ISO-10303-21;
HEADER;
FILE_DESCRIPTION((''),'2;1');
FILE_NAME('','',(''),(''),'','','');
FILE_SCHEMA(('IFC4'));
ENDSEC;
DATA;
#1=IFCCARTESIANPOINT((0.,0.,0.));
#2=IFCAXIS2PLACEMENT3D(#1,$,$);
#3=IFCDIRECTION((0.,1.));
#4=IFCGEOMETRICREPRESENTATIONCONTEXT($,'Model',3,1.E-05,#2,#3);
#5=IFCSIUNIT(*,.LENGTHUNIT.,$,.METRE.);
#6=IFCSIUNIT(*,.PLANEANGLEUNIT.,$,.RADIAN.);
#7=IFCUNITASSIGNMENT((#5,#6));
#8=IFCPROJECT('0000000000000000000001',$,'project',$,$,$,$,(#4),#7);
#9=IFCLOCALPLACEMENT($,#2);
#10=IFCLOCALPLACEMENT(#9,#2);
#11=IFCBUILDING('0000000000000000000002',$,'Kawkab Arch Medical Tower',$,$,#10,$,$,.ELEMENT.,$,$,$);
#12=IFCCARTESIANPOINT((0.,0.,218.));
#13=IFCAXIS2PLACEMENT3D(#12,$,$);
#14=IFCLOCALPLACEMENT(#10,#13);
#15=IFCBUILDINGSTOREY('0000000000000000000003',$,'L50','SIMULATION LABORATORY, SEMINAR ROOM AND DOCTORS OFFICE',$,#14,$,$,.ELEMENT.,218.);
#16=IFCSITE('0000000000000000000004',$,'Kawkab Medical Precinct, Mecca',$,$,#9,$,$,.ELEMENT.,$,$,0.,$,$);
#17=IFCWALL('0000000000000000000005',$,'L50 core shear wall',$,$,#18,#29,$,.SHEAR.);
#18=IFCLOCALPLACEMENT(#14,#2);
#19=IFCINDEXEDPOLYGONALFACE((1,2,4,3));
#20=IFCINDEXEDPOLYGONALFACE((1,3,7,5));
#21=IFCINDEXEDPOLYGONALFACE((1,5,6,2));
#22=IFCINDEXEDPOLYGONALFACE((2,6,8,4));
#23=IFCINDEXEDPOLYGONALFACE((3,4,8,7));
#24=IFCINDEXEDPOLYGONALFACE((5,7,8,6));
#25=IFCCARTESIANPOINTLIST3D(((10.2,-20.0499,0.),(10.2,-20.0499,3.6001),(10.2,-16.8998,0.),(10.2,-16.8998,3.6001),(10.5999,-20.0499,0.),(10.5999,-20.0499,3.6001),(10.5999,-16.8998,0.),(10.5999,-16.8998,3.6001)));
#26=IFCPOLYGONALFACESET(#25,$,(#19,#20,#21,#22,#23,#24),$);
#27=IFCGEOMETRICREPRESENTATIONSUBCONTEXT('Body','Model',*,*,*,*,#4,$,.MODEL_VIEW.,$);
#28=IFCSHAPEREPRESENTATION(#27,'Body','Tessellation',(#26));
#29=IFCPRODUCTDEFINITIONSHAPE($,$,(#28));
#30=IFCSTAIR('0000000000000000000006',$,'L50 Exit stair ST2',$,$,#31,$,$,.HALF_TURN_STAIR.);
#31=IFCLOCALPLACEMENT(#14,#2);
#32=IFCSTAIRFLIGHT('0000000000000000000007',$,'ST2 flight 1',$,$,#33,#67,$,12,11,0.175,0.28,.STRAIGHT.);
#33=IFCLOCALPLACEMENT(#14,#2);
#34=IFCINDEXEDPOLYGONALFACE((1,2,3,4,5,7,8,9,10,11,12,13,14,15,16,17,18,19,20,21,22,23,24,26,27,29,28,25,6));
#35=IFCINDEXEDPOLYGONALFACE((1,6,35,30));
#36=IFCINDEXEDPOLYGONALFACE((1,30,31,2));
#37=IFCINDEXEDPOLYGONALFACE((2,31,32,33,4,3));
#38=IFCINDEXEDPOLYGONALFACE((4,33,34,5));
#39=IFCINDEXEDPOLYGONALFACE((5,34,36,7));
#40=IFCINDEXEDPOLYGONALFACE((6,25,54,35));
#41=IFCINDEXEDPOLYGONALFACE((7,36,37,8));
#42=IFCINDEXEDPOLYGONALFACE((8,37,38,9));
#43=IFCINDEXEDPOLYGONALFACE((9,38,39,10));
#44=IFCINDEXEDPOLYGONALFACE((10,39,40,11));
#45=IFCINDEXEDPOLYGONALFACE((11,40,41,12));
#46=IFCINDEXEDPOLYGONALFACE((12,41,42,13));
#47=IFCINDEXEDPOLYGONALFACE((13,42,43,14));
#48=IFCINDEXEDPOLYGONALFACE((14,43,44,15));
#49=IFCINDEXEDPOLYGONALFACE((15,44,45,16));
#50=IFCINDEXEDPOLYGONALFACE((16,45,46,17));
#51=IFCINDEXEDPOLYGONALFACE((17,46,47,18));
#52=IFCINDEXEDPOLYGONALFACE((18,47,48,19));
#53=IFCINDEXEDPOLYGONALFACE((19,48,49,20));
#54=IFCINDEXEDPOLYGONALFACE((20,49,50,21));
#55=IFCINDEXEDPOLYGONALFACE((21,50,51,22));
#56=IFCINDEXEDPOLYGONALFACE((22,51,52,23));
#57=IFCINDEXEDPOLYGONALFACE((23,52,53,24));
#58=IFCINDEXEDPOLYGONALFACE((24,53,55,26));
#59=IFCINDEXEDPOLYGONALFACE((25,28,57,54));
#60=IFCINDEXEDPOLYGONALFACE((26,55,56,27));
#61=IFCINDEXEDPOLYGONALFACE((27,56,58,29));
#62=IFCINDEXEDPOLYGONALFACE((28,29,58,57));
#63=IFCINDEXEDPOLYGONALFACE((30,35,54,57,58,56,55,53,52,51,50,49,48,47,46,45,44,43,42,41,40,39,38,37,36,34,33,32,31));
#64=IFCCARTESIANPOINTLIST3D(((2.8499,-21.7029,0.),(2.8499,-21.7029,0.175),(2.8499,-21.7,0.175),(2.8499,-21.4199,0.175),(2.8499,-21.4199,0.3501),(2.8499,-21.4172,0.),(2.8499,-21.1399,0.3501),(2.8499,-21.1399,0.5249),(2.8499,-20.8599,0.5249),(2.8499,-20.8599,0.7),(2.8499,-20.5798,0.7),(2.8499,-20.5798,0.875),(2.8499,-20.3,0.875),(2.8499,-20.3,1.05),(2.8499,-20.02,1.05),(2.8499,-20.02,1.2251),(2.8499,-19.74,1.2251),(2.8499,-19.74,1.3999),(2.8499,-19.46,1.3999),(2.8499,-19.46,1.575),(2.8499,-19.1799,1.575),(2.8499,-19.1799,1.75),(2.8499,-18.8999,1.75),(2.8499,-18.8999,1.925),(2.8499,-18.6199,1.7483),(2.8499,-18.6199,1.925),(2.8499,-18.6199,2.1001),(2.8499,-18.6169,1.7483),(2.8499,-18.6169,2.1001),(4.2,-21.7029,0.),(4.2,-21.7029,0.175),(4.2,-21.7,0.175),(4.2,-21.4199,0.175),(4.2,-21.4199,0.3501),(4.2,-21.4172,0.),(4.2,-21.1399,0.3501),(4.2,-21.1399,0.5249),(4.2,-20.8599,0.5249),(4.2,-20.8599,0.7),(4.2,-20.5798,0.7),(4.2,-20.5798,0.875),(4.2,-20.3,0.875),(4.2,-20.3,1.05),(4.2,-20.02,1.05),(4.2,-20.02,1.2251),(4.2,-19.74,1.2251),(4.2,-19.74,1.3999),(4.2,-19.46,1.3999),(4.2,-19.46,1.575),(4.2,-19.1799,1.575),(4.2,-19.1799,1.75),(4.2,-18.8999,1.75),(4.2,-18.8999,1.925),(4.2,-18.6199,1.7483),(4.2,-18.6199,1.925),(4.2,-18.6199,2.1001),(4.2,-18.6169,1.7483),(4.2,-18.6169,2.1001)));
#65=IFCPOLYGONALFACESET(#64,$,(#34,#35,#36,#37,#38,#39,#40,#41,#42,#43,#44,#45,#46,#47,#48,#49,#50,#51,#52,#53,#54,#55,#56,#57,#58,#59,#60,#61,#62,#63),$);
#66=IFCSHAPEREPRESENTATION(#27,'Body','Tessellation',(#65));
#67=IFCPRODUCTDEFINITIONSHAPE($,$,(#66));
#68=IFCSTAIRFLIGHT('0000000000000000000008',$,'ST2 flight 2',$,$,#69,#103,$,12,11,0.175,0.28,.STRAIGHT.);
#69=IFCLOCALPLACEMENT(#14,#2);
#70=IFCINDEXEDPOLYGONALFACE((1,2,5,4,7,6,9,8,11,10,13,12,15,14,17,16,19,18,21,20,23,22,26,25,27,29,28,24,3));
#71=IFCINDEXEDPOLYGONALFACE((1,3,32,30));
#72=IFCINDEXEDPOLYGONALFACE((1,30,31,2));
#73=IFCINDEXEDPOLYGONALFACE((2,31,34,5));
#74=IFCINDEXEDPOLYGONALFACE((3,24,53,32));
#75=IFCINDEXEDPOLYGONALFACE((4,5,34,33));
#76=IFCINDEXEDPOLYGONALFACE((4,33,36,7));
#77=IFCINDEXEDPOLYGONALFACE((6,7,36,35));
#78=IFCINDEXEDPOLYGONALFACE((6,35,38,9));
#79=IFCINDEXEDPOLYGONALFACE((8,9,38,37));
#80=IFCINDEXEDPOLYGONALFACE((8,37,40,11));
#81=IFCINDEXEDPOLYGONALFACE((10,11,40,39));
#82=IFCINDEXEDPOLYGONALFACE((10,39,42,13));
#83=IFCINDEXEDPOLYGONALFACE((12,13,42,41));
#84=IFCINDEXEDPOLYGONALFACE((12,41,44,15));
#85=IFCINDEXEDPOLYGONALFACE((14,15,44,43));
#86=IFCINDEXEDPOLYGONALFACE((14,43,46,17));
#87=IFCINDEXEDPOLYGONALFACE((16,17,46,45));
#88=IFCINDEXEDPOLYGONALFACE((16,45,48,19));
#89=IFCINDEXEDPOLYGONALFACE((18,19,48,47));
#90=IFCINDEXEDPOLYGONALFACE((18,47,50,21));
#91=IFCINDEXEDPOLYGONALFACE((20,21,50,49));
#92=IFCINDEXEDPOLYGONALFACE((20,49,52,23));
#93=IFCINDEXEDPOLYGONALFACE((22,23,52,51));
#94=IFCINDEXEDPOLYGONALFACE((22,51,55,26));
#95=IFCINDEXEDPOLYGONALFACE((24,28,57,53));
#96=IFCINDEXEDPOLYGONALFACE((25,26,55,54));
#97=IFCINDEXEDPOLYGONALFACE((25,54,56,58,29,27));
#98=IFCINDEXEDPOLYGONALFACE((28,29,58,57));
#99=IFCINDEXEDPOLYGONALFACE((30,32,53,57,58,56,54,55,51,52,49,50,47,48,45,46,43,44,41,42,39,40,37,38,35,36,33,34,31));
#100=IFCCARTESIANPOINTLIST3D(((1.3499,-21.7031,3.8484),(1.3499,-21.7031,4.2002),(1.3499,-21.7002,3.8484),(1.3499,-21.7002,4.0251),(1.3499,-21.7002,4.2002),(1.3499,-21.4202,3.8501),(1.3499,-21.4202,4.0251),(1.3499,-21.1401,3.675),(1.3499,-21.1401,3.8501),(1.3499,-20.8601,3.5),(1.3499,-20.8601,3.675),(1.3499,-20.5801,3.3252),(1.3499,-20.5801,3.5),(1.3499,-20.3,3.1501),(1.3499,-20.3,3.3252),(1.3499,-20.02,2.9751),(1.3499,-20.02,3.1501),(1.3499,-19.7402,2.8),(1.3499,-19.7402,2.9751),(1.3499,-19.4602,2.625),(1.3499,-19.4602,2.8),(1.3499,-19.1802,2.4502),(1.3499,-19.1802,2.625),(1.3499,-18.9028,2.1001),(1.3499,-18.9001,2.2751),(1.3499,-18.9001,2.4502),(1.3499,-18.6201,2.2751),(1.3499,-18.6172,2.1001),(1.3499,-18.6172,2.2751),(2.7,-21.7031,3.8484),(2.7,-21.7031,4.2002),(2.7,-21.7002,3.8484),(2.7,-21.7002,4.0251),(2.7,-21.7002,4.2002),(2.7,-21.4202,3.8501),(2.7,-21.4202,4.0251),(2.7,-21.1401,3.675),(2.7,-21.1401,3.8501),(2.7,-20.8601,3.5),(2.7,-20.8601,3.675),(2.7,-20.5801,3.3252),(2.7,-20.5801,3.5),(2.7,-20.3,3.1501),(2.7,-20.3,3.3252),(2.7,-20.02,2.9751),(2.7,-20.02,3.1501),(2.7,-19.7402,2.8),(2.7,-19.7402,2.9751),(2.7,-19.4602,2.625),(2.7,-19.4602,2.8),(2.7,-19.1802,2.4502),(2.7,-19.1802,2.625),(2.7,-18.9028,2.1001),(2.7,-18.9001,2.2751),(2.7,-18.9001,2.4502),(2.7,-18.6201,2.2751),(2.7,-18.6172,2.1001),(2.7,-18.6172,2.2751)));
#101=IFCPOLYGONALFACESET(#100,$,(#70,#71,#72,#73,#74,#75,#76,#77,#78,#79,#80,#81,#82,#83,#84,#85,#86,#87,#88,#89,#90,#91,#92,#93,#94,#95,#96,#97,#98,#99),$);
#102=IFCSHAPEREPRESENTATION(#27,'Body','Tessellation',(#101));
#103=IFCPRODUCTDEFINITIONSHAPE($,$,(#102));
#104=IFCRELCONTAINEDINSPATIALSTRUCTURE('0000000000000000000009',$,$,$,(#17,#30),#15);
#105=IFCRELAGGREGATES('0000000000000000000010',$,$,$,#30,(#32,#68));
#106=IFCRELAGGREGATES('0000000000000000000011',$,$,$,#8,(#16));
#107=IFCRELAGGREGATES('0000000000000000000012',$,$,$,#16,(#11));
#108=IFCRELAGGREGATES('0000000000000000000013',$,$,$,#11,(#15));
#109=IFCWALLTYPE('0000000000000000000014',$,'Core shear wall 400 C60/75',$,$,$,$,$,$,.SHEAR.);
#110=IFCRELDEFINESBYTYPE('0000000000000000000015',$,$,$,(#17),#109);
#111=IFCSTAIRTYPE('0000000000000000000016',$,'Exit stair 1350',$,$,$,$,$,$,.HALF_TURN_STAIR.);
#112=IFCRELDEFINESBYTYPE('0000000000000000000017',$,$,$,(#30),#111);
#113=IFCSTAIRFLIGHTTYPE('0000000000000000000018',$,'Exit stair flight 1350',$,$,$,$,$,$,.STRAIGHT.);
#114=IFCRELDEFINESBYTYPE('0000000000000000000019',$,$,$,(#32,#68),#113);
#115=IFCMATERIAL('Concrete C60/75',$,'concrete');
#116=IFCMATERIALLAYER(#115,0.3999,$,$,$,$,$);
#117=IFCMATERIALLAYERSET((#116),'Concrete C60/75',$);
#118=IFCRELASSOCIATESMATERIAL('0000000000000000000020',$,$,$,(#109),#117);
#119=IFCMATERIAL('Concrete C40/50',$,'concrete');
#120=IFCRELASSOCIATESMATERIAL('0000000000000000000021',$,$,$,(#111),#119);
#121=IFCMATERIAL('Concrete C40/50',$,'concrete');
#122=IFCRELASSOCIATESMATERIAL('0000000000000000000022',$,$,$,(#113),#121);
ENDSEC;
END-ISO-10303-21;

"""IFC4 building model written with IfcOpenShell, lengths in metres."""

from ifc_helpers import new_model, si_unit, direction, frame, frame_2d, origin, place, context, subcontext, project, spatial, polyline, rectangle, outline, extrude, material, layer, layer_set, type_object, element, aggregate, save


model = new_model("IFC4")

# Units and contexts
model_context = context("Model", 3, precision=1e-05, world=origin(), true_north=direction((0.0, 1.0)))
body_context = subcontext(model_context, "Body", "Model", "MODEL_VIEW")
ifc_project = project(units=[si_unit("LENGTHUNIT", "METRE"), si_unit("PLANEANGLEUNIT", "RADIAN")], contexts=[model_context])

# Site, building, storey
site_placement = place(None, origin())
site = spatial("IfcSite", under=ifc_project, at=site_placement, Name="Kawkab Medical Precinct, Mecca", CompositionType="ELEMENT", RefElevation=0.0)
building_placement = place(site_placement, origin())
building = spatial("IfcBuilding", under=site, at=building_placement, Name="Kawkab Arch Medical Tower", CompositionType="ELEMENT")
storey_placement = place(building_placement, frame((0.0, 0.0, 218.0)))
storey = spatial("IfcBuildingStorey", under=building, at=storey_placement, Name="L50", Description="SIMULATION LABORATORY, SEMINAR ROOM AND DOCTORS OFFICE", CompositionType="ELEMENT", Elevation=218.0)

# Shared definitions
ifc_material_1 = material(Name="Concrete C60/75", Category="concrete")
ifc_layer_1 = layer(ifc_material_1, 0.3999)
ifc_layer_set_1 = layer_set([ifc_layer_1], Name="Concrete C60/75")
wall_type_1 = type_object("IfcWallType", Name="Core shear wall 400 C60/75", PredefinedType="SHEAR", material=ifc_layer_set_1)

# Wall
wall_1_placement = place(storey_placement, frame((10.3999, -20.05, 0.0), z_axis=(0.0, 0.0, 1.0), x_axis=(0.0, 1.0, 0.0)))
element("IfcWall", 1, at=wall_1_placement, inside=storey, type_object=wall_type_1, Name="L50 core shear wall", PredefinedType="SHEAR", context=body_context, shape_type="SweptSolid", body=[
    extrude(rectangle(XDim=3.1501, YDim=0.3999, at=frame_2d((1.5752, 0.0))), origin(), (0.0, 0.0, 1.0), 3.6001),
])

# Stair, stair flights
ifc_material_2 = material(Name="Concrete C40/50", Category="concrete")
stair_type = type_object("IfcStairType", Name="Exit stair 1350", PredefinedType="HALF_TURN_STAIR", material=ifc_material_2)
stair_placement = place(storey_placement, origin())
stair = element("IfcStair", 2, at=stair_placement, inside=storey, type_object=stair_type, Name="L50 Exit stair ST2", PredefinedType="HALF_TURN_STAIR")
ifc_material_3 = material(Name="Concrete C40/50", Category="concrete")
stair_flight_type = type_object("IfcStairFlightType", Name="Exit stair flight 1350", PredefinedType="STRAIGHT", material=ifc_material_3)
stair_flight_1_placement = place(storey_placement, frame((3.5249, -21.7, 0.0), z_axis=(0.0, 0.0, 1.0), x_axis=(0.0, 1.0, 0.0)))
stair_flight_1 = element("IfcStairFlight", 3, at=stair_flight_1_placement, type_object=stair_flight_type, Name="ST2 flight 1", NumberOfRisers=12, NumberOfTreads=11, PredefinedType="STRAIGHT", RiserHeight=0.175, TreadLength=0.28, context=body_context, shape_type="SweptSolid", body=[
    extrude(outline(polyline([(-0.0029, 0.0), (-0.0029, 0.175), (0.0, 0.175), (0.28, 0.175), (0.28, 0.3501), (0.5601, 0.3501), (0.5601, 0.5249), (0.8401, 0.5249), (0.8401, 0.7), (1.1201, 0.7), (1.1201, 0.875), (1.3999, 0.875), (1.3999, 1.05), (1.6799, 1.05), (1.6799, 1.2251), (1.96, 1.2251), (1.96, 1.3999), (2.24, 1.3999), (2.24, 1.575), (2.52, 1.575), (2.52, 1.75), (2.8, 1.75), (2.8, 1.925), (3.0801, 1.925), (3.0801, 2.1001), (3.083, 2.1001), (3.083, 1.7483), (3.0801, 1.7483), (0.2827, 0.0), (-0.0029, 0.0)])), frame((0.0, 0.675, 0.0), z_axis=(0.0, -1.0, 0.0), x_axis=(1.0, 0.0, 0.0)), (0.0, 0.0, 1.0), 1.3501),
])
stair_flight_2_placement = place(storey_placement, frame((2.0249, -18.6201, 2.1001), z_axis=(0.0, 0.0, 1.0), x_axis=(0.0, -1.0, 0.0)))
stair_flight_2 = element("IfcStairFlight", 4, at=stair_flight_2_placement, type_object=stair_flight_type, Name="ST2 flight 2", NumberOfRisers=12, NumberOfTreads=11, PredefinedType="STRAIGHT", RiserHeight=0.175, TreadLength=0.28, context=body_context, shape_type="SweptSolid", body=[
    extrude(outline(polyline([(-0.0029, 0.0), (-0.0029, 0.175), (0.0, 0.175), (0.28, 0.175), (0.28, 0.3501), (0.5601, 0.3501), (0.5601, 0.5249), (0.8401, 0.5249), (0.8401, 0.7), (1.1201, 0.7), (1.1201, 0.875), (1.3999, 0.875), (1.3999, 1.05), (1.6799, 1.05), (1.6799, 1.2251), (1.96, 1.2251), (1.96, 1.3999), (2.24, 1.3999), (2.24, 1.575), (2.52, 1.575), (2.52, 1.75), (2.8, 1.75), (2.8, 1.925), (3.0801, 1.925), (3.0801, 2.1001), (3.083, 2.1001), (3.083, 1.7483), (3.0801, 1.7483), (0.2827, 0.0), (-0.0029, 0.0)])), frame((0.0, 0.675, 0.0), z_axis=(0.0, -1.0, 0.0), x_axis=(1.0, 0.0, 0.0)), (0.0, 0.0, 1.0), 1.3501),
])
aggregate(stair, [stair_flight_1, stair_flight_2])

save(model, "model.ifc")
